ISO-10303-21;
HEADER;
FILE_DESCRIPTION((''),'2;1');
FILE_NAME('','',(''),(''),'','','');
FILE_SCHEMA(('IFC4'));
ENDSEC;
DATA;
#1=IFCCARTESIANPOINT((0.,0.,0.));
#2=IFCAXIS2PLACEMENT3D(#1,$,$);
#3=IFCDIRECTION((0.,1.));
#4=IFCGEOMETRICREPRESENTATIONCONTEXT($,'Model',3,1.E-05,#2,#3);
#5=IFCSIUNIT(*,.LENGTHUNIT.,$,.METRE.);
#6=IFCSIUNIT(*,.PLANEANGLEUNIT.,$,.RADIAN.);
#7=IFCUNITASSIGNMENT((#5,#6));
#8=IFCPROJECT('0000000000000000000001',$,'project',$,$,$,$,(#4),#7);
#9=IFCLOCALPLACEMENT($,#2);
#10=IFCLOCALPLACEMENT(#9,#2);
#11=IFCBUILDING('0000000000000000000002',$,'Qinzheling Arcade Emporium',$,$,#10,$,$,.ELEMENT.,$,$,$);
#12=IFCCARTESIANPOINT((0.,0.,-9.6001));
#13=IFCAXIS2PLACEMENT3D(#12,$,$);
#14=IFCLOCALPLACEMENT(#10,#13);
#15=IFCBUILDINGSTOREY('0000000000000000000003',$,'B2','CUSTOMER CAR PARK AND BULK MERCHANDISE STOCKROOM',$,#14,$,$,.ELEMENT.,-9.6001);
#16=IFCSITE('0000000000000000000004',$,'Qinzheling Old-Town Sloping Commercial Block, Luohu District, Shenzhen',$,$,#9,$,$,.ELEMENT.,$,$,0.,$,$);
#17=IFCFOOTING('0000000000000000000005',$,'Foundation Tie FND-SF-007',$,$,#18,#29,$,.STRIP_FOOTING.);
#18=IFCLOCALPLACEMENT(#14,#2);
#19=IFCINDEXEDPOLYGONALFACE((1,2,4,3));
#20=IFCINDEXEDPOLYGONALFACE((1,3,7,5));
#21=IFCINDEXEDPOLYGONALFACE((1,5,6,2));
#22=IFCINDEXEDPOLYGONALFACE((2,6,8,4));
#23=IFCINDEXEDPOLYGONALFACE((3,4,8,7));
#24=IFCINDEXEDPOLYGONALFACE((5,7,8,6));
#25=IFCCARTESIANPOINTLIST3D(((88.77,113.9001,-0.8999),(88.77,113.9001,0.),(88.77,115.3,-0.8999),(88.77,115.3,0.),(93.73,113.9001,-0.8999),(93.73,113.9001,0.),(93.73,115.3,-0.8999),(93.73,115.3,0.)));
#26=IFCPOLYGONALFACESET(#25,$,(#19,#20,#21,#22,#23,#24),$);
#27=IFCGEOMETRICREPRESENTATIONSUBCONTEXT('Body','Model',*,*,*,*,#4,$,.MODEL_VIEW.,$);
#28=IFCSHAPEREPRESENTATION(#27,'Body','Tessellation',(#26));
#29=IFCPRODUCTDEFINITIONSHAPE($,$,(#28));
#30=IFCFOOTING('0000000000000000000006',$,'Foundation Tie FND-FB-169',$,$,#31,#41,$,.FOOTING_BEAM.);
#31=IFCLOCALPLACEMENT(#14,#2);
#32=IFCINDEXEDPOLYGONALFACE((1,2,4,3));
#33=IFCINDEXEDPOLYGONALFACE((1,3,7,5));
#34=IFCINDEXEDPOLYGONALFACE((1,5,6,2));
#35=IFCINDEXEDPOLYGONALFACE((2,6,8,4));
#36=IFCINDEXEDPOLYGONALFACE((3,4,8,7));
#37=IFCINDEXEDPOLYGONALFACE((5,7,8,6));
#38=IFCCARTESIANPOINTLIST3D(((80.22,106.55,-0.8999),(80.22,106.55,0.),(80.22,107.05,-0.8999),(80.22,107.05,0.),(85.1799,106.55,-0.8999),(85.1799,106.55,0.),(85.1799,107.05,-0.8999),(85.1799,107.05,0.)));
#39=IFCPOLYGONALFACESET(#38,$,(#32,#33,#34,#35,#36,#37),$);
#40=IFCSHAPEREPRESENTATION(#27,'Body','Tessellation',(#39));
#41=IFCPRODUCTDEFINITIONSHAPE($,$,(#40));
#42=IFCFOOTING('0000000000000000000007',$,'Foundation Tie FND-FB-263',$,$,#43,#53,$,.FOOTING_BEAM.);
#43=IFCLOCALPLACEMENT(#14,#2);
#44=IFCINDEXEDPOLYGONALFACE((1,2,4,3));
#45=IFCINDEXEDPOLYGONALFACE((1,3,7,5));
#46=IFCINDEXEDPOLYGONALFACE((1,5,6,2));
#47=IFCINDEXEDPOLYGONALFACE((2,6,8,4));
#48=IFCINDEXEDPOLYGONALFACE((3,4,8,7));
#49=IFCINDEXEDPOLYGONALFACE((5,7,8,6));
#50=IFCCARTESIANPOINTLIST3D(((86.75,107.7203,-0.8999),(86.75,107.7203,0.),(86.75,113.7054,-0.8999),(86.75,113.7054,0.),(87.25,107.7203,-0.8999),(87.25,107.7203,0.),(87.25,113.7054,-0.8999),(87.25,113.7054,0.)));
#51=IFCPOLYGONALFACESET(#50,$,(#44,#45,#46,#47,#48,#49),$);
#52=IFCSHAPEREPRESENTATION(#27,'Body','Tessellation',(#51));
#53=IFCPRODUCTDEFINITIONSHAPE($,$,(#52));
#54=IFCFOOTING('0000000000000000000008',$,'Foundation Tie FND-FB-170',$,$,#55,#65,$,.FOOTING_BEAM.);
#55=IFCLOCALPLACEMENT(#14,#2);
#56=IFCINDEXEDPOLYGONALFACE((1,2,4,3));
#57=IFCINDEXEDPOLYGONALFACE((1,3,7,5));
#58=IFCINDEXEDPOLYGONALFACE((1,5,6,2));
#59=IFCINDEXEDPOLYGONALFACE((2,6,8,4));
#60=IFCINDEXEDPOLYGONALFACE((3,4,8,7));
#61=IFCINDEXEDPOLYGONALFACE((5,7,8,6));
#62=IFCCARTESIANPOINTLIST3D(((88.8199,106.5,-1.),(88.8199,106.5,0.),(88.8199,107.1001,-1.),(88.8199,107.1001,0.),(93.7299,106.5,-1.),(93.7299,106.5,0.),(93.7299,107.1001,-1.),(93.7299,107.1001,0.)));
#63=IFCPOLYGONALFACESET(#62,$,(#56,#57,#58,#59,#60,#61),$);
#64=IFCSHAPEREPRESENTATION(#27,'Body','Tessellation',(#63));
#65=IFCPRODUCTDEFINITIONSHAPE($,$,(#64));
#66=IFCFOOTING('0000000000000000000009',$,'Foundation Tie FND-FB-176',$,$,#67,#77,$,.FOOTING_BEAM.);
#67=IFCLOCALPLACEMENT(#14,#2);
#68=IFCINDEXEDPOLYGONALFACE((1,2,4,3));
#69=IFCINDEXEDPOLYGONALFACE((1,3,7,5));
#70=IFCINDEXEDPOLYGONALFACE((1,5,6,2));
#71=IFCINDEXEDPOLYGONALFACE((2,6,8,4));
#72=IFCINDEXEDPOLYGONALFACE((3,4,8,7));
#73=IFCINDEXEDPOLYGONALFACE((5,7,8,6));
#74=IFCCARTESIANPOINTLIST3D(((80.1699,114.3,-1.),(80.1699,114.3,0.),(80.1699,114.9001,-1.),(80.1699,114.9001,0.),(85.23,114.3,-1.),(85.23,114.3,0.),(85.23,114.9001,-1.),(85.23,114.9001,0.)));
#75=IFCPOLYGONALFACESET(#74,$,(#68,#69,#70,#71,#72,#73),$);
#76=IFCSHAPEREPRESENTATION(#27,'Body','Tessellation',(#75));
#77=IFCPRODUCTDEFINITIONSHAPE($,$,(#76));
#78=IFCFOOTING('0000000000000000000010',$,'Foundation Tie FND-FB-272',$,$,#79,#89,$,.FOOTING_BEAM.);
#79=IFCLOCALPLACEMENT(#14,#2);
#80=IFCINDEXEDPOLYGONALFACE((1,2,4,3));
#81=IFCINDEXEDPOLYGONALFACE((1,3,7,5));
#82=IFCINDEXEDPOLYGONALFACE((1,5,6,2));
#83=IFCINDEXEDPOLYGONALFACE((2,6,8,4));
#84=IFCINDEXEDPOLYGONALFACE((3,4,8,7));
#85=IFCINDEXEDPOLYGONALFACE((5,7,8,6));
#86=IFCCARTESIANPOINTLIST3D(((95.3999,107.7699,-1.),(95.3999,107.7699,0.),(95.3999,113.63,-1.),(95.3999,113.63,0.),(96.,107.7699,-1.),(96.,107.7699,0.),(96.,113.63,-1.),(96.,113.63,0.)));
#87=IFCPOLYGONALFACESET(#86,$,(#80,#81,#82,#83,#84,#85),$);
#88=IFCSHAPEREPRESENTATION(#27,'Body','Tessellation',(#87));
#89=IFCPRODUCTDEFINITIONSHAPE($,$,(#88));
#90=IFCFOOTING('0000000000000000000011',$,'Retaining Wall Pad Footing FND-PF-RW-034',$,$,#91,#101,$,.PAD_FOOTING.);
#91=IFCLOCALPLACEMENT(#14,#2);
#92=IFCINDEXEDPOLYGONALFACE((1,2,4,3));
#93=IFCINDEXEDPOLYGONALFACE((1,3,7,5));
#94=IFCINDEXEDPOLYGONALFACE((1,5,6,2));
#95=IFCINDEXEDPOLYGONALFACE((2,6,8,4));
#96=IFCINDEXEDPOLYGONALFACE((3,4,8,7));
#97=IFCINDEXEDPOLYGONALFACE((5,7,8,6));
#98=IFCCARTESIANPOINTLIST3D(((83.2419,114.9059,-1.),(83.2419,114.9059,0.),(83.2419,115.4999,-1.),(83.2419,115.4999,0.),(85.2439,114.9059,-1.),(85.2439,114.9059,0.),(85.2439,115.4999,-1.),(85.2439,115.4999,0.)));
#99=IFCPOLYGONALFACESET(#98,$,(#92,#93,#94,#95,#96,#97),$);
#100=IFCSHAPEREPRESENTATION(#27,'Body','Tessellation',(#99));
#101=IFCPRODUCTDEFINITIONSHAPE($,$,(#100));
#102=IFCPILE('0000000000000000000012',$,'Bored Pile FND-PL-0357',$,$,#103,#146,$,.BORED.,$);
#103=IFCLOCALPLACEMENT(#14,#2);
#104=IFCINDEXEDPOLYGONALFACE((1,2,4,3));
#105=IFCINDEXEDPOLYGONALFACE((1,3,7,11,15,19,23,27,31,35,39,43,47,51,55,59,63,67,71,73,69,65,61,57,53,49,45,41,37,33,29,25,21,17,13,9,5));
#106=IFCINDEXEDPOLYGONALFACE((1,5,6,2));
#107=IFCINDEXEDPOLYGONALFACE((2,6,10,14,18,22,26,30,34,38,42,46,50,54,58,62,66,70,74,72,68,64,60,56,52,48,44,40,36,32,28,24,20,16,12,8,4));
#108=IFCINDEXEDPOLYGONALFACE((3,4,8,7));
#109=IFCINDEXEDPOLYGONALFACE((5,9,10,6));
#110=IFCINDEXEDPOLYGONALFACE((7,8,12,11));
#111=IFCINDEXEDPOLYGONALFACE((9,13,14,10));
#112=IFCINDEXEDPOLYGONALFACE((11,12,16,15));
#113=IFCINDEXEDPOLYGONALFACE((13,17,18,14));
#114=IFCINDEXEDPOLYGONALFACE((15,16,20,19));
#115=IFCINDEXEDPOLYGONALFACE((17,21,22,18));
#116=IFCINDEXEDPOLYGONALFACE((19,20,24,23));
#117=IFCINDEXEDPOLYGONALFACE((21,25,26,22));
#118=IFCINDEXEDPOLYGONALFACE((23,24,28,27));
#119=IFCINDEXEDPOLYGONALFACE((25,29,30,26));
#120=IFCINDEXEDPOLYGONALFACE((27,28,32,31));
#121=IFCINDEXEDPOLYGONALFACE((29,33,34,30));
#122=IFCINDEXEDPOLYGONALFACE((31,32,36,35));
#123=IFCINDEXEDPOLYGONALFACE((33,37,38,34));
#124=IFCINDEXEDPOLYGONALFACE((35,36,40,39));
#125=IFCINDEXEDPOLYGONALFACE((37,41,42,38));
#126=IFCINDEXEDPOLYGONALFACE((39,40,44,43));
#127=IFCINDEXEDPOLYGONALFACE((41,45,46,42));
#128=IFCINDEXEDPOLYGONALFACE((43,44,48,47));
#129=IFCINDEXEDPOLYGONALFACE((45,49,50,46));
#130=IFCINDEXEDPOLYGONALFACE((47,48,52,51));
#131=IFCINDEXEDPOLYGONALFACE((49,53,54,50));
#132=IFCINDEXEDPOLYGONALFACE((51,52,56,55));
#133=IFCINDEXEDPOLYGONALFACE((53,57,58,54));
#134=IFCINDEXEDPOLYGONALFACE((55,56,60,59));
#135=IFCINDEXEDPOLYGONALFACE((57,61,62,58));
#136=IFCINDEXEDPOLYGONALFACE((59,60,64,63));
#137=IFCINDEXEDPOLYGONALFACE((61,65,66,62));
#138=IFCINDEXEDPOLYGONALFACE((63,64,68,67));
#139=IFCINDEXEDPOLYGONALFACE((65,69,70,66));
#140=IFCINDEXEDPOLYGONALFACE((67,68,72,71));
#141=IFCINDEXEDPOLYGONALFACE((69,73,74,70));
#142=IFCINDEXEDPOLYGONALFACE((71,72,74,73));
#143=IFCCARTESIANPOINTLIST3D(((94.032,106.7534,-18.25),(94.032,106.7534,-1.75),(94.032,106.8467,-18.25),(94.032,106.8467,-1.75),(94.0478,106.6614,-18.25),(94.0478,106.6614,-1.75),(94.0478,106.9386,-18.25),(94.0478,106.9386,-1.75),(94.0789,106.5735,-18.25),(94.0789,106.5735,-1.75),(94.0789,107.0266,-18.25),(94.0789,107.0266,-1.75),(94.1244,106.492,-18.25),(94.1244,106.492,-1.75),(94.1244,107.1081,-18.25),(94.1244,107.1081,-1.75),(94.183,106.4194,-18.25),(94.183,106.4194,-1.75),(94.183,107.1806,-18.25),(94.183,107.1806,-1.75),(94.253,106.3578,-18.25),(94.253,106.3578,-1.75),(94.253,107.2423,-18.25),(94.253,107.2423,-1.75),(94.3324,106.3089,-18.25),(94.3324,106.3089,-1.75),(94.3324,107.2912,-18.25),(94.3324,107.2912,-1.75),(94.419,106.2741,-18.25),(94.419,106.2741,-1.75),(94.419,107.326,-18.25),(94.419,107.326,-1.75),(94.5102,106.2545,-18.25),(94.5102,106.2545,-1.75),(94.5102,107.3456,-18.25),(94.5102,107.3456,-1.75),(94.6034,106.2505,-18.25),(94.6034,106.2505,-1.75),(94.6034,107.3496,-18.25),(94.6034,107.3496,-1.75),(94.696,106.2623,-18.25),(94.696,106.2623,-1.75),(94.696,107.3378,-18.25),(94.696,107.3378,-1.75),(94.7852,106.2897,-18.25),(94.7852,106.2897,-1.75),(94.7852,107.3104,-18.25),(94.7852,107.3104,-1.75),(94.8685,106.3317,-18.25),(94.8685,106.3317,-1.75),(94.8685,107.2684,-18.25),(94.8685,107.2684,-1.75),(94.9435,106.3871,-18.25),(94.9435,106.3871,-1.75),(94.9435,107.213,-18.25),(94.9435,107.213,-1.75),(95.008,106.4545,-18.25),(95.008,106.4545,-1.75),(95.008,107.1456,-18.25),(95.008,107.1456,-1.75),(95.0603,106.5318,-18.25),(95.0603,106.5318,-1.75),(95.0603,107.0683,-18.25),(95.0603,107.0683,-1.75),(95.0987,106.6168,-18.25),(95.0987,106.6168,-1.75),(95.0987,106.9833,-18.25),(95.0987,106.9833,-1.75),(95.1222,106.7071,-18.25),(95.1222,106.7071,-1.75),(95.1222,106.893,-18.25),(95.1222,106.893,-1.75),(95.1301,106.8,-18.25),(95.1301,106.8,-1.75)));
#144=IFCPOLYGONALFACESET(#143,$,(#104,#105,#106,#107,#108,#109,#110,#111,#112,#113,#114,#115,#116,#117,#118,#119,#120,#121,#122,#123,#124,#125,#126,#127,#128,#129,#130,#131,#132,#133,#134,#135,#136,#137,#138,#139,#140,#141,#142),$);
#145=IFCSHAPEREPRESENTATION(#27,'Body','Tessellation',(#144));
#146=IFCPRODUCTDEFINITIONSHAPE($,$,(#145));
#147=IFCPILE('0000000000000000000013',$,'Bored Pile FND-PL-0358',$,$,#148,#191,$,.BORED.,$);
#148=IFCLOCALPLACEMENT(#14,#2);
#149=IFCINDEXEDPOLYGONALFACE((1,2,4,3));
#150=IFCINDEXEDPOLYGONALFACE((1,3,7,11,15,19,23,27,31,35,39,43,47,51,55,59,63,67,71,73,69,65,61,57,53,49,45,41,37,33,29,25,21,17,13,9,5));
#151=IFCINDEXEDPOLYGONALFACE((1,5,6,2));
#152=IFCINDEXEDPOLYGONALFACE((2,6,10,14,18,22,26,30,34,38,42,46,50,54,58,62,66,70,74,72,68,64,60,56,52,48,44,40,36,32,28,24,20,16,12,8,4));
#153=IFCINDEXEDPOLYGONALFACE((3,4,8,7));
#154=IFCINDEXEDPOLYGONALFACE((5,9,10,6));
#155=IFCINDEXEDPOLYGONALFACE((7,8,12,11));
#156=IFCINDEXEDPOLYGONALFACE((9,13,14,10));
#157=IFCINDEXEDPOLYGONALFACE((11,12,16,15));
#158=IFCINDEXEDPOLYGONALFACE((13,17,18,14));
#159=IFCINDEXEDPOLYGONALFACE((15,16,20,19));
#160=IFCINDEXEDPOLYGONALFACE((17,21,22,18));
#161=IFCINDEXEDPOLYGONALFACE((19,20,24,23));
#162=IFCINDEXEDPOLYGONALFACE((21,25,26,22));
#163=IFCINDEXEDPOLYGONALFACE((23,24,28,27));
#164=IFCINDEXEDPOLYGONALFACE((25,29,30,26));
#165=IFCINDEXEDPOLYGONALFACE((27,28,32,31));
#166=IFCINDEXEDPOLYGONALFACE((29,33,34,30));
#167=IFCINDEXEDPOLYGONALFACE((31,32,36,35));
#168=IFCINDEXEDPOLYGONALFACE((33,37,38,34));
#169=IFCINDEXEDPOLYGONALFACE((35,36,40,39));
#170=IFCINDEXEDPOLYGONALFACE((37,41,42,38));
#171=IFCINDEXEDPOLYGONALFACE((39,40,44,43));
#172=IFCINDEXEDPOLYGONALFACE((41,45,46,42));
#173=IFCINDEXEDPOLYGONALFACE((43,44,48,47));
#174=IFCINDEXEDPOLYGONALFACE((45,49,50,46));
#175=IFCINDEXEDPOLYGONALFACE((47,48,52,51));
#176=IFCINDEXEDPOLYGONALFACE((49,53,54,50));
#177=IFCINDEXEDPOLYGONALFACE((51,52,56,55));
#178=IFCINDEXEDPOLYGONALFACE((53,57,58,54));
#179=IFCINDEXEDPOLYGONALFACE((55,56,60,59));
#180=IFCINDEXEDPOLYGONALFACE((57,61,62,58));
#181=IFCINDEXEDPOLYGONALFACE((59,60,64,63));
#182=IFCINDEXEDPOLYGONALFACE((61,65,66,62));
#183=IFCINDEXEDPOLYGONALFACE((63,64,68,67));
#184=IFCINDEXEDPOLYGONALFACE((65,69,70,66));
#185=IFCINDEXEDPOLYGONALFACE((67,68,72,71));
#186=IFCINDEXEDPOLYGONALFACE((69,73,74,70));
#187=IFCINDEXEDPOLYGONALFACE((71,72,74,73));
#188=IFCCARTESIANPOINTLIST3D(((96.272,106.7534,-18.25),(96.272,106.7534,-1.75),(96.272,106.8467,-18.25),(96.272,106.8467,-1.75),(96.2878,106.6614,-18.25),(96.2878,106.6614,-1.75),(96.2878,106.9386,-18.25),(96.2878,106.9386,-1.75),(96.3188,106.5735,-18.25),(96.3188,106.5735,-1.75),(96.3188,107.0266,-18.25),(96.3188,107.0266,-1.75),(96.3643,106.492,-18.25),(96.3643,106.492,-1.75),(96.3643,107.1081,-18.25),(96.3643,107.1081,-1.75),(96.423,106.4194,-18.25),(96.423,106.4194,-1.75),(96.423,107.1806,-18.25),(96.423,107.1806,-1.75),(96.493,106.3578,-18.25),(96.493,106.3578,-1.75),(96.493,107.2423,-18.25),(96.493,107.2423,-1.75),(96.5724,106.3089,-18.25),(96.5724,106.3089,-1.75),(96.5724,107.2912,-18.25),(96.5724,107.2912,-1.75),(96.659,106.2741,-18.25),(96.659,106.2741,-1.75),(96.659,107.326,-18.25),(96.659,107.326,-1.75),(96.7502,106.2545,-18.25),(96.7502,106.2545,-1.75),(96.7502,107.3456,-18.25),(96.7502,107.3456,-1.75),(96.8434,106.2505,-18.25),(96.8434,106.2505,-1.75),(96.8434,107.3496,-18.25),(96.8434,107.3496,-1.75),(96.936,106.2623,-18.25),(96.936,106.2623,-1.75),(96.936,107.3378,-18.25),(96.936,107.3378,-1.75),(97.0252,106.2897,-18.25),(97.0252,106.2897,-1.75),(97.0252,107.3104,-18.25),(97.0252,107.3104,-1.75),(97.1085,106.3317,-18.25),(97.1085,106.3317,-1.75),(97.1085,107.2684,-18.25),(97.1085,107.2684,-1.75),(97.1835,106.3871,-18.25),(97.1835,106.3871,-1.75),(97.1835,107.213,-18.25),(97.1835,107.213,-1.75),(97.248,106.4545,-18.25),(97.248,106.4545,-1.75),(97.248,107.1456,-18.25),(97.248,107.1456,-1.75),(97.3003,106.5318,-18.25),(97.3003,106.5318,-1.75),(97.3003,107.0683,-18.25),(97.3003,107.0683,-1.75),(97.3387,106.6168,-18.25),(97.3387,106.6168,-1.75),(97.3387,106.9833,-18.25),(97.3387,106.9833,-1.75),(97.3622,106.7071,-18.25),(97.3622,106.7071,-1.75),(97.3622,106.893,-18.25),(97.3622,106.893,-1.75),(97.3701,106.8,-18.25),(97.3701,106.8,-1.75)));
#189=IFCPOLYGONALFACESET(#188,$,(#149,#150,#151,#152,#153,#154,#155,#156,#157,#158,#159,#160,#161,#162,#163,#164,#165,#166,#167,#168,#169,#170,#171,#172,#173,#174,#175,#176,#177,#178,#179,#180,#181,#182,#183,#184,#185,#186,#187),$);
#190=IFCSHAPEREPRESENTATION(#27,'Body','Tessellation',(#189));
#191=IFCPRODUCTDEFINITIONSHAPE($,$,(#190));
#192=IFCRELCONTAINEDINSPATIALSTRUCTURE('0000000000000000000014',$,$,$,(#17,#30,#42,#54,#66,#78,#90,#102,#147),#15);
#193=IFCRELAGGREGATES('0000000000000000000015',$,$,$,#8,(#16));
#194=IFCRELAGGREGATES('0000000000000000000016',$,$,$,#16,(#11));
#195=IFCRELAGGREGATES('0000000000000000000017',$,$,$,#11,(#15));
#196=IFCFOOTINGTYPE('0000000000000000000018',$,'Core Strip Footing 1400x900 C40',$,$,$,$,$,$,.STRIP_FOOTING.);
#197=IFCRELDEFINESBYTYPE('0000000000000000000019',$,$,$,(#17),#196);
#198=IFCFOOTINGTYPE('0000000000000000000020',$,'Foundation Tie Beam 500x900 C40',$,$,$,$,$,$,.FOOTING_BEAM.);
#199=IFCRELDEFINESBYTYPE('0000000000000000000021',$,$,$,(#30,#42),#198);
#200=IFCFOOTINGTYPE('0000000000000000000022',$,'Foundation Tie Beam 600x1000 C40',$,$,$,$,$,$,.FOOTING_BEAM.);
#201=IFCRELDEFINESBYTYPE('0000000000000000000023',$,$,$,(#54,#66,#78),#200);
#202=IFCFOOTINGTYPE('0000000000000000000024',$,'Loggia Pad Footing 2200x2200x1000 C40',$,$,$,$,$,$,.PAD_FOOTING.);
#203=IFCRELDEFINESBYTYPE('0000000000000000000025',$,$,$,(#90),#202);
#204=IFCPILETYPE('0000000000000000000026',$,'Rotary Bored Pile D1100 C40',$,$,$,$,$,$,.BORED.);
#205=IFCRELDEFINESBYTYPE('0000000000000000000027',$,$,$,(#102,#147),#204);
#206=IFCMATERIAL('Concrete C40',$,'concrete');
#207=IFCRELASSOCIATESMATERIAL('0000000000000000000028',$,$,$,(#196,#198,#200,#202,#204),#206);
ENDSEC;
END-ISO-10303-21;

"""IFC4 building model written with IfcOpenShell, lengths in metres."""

from ifc_helpers import new_model, si_unit, direction, frame, origin, origin_2d, place, context, subcontext, project, spatial, rectangle, circle, extrude, material, material_profile, profile_set, type_object, element, save


model = new_model("IFC4")

# Units and contexts
model_context = context("Model", 3, precision=1e-05, world=origin(), true_north=direction((0.0, 1.0)))
body_context = subcontext(model_context, "Body", "Model", "MODEL_VIEW")
ifc_project = project(units=[si_unit("LENGTHUNIT", "METRE"), si_unit("PLANEANGLEUNIT", "RADIAN")], contexts=[model_context])

# Site, building, storey
site_placement = place(None, origin())
site = spatial("IfcSite", under=ifc_project, at=site_placement, Name="Qinzheling Old-Town Sloping Commercial Block, Luohu District, Shenzhen", CompositionType="ELEMENT", RefElevation=0.0)
building_placement = place(site_placement, origin())
building = spatial("IfcBuilding", under=site, at=building_placement, Name="Qinzheling Arcade Emporium", CompositionType="ELEMENT")
storey_placement = place(building_placement, frame((0.0, 0.0, -9.6001)))
storey = spatial("IfcBuildingStorey", under=building, at=storey_placement, Name="B2", Description="CUSTOMER CAR PARK AND BULK MERCHANDISE STOCKROOM", CompositionType="ELEMENT", Elevation=-9.6001)

# Footings
ifc_material_1 = material(Name="Concrete C40", Category="concrete")
footing_type_1 = type_object("IfcFootingType", Name="Core Strip Footing 1400x900 C40", PredefinedType="STRIP_FOOTING", material=ifc_material_1)
footing_1_placement = place(storey_placement, frame((91.25, 114.6001, -0.8999), z_axis=(0.0, 0.0, 1.0), x_axis=(1.0, 0.0, 0.0)))
element("IfcFooting", 1, at=footing_1_placement, inside=storey, type_object=footing_type_1, Name="Foundation Tie FND-SF-007", PredefinedType="STRIP_FOOTING", context=body_context, shape_type="SweptSolid", body=[
    extrude(rectangle(XDim=4.96, YDim=1.3999, at=origin_2d()), origin(), (0.0, 0.0, 1.0), 0.8999),
])
footing_type_2 = type_object("IfcFootingType", Name="Foundation Tie Beam 500x900 C40", PredefinedType="FOOTING_BEAM", material=ifc_material_1)
footing_2_placement = place(storey_placement, frame((82.7, 106.8, -0.8999), z_axis=(0.0, 0.0, 1.0), x_axis=(1.0, 0.0, 0.0)))
element("IfcFooting", 2, at=footing_2_placement, inside=storey, type_object=footing_type_2, Name="Foundation Tie FND-FB-169", PredefinedType="FOOTING_BEAM", context=body_context, shape_type="SweptSolid", body=[
    extrude(rectangle(XDim=4.96, YDim=0.5, at=origin_2d()), origin(), (0.0, 0.0, 1.0), 0.8999),
])
footing_3_placement = place(storey_placement, frame((87.0, 110.7129, -0.8999), z_axis=(0.0, 0.0, 1.0), x_axis=(1.0, 0.0, 0.0)))
element("IfcFooting", 3, at=footing_3_placement, inside=storey, type_object=footing_type_2, Name="Foundation Tie FND-FB-263", PredefinedType="FOOTING_BEAM", context=body_context, shape_type="SweptSolid", body=[
    extrude(rectangle(XDim=0.5, YDim=5.9851, at=origin_2d()), origin(), (0.0, 0.0, 1.0), 0.8999),
])
footing_type_3 = type_object("IfcFootingType", Name="Foundation Tie Beam 600x1000 C40", PredefinedType="FOOTING_BEAM", material=ifc_material_1)
footing_4_placement = place(storey_placement, frame((91.2749, 106.8, -1.0), z_axis=(0.0, 0.0, 1.0), x_axis=(1.0, 0.0, 0.0)))
element("IfcFooting", 4, at=footing_4_placement, inside=storey, type_object=footing_type_3, Name="Foundation Tie FND-FB-170", PredefinedType="FOOTING_BEAM", context=body_context, shape_type="SweptSolid", body=[
    extrude(rectangle(XDim=4.9099, YDim=0.6001, at=origin_2d()), origin(), (0.0, 0.0, 1.0), 1.0),
])
footing_5_placement = place(storey_placement, frame((82.7, 114.6001, -1.0), z_axis=(0.0, 0.0, 1.0), x_axis=(1.0, 0.0, 0.0)))
element("IfcFooting", 5, at=footing_5_placement, inside=storey, type_object=footing_type_3, Name="Foundation Tie FND-FB-176", PredefinedType="FOOTING_BEAM", context=body_context, shape_type="SweptSolid", body=[
    extrude(rectangle(XDim=5.0601, YDim=0.6001, at=origin_2d()), origin(), (0.0, 0.0, 1.0), 1.0),
])
footing_6_placement = place(storey_placement, frame((95.7, 110.7, -1.0), z_axis=(0.0, 0.0, 1.0), x_axis=(1.0, 0.0, 0.0)))
element("IfcFooting", 6, at=footing_6_placement, inside=storey, type_object=footing_type_3, Name="Foundation Tie FND-FB-272", PredefinedType="FOOTING_BEAM", context=body_context, shape_type="SweptSolid", body=[
    extrude(rectangle(XDim=0.6001, YDim=5.8601, at=origin_2d()), origin(), (0.0, 0.0, 1.0), 1.0),
])
footing_type_4 = type_object("IfcFootingType", Name="Loggia Pad Footing 2200x2200x1000 C40", PredefinedType="PAD_FOOTING", material=ifc_material_1)
footing_7_placement = place(storey_placement, frame((84.2429, 115.2029, -1.0), z_axis=(0.0, 0.0, 1.0), x_axis=(1.0, 0.0, 0.0)))
element("IfcFooting", 7, at=footing_7_placement, inside=storey, type_object=footing_type_4, Name="Retaining Wall Pad Footing FND-PF-RW-034", PredefinedType="PAD_FOOTING", context=body_context, shape_type="SweptSolid", body=[
    extrude(rectangle(XDim=2.002, YDim=0.594, at=origin_2d()), origin(), (0.0, 0.0, 1.0), 1.0),
])

# Piles
ifc_material_profile_1 = material_profile(ifc_material_1, circle(Radius=0.55, at=origin_2d()), Name="BORED D1100", Category="concrete")
ifc_profile_set_1 = profile_set([ifc_material_profile_1], Name="Concrete C40")
pile_type_1 = type_object("IfcPileType", Name="Rotary Bored Pile D1100 C40", PredefinedType="BORED", material=ifc_profile_set_1)
for number, where, z_axis, x_axis, name in (
    (8, (94.5801, 106.8, -1.75), (0.0, 0.0, -1.0), (1.0, 0.0, 0.0), "Bored Pile FND-PL-0357"),
    (9, (96.8201, 106.8, -1.75), (0.0, 0.0, -1.0), (1.0, 0.0, 0.0), "Bored Pile FND-PL-0358"),
):
    element("IfcPile", number, at=place(storey_placement, frame(where, z_axis=z_axis, x_axis=x_axis)), inside=storey, type_object=pile_type_1, Name=name, PredefinedType="BORED", context=body_context, shape_type="SweptSolid", body=[
        extrude(circle(Radius=0.55, at=origin_2d()), origin(), (0.0, 0.0, 1.0), 16.5),
    ])

save(model, "model.ifc")
